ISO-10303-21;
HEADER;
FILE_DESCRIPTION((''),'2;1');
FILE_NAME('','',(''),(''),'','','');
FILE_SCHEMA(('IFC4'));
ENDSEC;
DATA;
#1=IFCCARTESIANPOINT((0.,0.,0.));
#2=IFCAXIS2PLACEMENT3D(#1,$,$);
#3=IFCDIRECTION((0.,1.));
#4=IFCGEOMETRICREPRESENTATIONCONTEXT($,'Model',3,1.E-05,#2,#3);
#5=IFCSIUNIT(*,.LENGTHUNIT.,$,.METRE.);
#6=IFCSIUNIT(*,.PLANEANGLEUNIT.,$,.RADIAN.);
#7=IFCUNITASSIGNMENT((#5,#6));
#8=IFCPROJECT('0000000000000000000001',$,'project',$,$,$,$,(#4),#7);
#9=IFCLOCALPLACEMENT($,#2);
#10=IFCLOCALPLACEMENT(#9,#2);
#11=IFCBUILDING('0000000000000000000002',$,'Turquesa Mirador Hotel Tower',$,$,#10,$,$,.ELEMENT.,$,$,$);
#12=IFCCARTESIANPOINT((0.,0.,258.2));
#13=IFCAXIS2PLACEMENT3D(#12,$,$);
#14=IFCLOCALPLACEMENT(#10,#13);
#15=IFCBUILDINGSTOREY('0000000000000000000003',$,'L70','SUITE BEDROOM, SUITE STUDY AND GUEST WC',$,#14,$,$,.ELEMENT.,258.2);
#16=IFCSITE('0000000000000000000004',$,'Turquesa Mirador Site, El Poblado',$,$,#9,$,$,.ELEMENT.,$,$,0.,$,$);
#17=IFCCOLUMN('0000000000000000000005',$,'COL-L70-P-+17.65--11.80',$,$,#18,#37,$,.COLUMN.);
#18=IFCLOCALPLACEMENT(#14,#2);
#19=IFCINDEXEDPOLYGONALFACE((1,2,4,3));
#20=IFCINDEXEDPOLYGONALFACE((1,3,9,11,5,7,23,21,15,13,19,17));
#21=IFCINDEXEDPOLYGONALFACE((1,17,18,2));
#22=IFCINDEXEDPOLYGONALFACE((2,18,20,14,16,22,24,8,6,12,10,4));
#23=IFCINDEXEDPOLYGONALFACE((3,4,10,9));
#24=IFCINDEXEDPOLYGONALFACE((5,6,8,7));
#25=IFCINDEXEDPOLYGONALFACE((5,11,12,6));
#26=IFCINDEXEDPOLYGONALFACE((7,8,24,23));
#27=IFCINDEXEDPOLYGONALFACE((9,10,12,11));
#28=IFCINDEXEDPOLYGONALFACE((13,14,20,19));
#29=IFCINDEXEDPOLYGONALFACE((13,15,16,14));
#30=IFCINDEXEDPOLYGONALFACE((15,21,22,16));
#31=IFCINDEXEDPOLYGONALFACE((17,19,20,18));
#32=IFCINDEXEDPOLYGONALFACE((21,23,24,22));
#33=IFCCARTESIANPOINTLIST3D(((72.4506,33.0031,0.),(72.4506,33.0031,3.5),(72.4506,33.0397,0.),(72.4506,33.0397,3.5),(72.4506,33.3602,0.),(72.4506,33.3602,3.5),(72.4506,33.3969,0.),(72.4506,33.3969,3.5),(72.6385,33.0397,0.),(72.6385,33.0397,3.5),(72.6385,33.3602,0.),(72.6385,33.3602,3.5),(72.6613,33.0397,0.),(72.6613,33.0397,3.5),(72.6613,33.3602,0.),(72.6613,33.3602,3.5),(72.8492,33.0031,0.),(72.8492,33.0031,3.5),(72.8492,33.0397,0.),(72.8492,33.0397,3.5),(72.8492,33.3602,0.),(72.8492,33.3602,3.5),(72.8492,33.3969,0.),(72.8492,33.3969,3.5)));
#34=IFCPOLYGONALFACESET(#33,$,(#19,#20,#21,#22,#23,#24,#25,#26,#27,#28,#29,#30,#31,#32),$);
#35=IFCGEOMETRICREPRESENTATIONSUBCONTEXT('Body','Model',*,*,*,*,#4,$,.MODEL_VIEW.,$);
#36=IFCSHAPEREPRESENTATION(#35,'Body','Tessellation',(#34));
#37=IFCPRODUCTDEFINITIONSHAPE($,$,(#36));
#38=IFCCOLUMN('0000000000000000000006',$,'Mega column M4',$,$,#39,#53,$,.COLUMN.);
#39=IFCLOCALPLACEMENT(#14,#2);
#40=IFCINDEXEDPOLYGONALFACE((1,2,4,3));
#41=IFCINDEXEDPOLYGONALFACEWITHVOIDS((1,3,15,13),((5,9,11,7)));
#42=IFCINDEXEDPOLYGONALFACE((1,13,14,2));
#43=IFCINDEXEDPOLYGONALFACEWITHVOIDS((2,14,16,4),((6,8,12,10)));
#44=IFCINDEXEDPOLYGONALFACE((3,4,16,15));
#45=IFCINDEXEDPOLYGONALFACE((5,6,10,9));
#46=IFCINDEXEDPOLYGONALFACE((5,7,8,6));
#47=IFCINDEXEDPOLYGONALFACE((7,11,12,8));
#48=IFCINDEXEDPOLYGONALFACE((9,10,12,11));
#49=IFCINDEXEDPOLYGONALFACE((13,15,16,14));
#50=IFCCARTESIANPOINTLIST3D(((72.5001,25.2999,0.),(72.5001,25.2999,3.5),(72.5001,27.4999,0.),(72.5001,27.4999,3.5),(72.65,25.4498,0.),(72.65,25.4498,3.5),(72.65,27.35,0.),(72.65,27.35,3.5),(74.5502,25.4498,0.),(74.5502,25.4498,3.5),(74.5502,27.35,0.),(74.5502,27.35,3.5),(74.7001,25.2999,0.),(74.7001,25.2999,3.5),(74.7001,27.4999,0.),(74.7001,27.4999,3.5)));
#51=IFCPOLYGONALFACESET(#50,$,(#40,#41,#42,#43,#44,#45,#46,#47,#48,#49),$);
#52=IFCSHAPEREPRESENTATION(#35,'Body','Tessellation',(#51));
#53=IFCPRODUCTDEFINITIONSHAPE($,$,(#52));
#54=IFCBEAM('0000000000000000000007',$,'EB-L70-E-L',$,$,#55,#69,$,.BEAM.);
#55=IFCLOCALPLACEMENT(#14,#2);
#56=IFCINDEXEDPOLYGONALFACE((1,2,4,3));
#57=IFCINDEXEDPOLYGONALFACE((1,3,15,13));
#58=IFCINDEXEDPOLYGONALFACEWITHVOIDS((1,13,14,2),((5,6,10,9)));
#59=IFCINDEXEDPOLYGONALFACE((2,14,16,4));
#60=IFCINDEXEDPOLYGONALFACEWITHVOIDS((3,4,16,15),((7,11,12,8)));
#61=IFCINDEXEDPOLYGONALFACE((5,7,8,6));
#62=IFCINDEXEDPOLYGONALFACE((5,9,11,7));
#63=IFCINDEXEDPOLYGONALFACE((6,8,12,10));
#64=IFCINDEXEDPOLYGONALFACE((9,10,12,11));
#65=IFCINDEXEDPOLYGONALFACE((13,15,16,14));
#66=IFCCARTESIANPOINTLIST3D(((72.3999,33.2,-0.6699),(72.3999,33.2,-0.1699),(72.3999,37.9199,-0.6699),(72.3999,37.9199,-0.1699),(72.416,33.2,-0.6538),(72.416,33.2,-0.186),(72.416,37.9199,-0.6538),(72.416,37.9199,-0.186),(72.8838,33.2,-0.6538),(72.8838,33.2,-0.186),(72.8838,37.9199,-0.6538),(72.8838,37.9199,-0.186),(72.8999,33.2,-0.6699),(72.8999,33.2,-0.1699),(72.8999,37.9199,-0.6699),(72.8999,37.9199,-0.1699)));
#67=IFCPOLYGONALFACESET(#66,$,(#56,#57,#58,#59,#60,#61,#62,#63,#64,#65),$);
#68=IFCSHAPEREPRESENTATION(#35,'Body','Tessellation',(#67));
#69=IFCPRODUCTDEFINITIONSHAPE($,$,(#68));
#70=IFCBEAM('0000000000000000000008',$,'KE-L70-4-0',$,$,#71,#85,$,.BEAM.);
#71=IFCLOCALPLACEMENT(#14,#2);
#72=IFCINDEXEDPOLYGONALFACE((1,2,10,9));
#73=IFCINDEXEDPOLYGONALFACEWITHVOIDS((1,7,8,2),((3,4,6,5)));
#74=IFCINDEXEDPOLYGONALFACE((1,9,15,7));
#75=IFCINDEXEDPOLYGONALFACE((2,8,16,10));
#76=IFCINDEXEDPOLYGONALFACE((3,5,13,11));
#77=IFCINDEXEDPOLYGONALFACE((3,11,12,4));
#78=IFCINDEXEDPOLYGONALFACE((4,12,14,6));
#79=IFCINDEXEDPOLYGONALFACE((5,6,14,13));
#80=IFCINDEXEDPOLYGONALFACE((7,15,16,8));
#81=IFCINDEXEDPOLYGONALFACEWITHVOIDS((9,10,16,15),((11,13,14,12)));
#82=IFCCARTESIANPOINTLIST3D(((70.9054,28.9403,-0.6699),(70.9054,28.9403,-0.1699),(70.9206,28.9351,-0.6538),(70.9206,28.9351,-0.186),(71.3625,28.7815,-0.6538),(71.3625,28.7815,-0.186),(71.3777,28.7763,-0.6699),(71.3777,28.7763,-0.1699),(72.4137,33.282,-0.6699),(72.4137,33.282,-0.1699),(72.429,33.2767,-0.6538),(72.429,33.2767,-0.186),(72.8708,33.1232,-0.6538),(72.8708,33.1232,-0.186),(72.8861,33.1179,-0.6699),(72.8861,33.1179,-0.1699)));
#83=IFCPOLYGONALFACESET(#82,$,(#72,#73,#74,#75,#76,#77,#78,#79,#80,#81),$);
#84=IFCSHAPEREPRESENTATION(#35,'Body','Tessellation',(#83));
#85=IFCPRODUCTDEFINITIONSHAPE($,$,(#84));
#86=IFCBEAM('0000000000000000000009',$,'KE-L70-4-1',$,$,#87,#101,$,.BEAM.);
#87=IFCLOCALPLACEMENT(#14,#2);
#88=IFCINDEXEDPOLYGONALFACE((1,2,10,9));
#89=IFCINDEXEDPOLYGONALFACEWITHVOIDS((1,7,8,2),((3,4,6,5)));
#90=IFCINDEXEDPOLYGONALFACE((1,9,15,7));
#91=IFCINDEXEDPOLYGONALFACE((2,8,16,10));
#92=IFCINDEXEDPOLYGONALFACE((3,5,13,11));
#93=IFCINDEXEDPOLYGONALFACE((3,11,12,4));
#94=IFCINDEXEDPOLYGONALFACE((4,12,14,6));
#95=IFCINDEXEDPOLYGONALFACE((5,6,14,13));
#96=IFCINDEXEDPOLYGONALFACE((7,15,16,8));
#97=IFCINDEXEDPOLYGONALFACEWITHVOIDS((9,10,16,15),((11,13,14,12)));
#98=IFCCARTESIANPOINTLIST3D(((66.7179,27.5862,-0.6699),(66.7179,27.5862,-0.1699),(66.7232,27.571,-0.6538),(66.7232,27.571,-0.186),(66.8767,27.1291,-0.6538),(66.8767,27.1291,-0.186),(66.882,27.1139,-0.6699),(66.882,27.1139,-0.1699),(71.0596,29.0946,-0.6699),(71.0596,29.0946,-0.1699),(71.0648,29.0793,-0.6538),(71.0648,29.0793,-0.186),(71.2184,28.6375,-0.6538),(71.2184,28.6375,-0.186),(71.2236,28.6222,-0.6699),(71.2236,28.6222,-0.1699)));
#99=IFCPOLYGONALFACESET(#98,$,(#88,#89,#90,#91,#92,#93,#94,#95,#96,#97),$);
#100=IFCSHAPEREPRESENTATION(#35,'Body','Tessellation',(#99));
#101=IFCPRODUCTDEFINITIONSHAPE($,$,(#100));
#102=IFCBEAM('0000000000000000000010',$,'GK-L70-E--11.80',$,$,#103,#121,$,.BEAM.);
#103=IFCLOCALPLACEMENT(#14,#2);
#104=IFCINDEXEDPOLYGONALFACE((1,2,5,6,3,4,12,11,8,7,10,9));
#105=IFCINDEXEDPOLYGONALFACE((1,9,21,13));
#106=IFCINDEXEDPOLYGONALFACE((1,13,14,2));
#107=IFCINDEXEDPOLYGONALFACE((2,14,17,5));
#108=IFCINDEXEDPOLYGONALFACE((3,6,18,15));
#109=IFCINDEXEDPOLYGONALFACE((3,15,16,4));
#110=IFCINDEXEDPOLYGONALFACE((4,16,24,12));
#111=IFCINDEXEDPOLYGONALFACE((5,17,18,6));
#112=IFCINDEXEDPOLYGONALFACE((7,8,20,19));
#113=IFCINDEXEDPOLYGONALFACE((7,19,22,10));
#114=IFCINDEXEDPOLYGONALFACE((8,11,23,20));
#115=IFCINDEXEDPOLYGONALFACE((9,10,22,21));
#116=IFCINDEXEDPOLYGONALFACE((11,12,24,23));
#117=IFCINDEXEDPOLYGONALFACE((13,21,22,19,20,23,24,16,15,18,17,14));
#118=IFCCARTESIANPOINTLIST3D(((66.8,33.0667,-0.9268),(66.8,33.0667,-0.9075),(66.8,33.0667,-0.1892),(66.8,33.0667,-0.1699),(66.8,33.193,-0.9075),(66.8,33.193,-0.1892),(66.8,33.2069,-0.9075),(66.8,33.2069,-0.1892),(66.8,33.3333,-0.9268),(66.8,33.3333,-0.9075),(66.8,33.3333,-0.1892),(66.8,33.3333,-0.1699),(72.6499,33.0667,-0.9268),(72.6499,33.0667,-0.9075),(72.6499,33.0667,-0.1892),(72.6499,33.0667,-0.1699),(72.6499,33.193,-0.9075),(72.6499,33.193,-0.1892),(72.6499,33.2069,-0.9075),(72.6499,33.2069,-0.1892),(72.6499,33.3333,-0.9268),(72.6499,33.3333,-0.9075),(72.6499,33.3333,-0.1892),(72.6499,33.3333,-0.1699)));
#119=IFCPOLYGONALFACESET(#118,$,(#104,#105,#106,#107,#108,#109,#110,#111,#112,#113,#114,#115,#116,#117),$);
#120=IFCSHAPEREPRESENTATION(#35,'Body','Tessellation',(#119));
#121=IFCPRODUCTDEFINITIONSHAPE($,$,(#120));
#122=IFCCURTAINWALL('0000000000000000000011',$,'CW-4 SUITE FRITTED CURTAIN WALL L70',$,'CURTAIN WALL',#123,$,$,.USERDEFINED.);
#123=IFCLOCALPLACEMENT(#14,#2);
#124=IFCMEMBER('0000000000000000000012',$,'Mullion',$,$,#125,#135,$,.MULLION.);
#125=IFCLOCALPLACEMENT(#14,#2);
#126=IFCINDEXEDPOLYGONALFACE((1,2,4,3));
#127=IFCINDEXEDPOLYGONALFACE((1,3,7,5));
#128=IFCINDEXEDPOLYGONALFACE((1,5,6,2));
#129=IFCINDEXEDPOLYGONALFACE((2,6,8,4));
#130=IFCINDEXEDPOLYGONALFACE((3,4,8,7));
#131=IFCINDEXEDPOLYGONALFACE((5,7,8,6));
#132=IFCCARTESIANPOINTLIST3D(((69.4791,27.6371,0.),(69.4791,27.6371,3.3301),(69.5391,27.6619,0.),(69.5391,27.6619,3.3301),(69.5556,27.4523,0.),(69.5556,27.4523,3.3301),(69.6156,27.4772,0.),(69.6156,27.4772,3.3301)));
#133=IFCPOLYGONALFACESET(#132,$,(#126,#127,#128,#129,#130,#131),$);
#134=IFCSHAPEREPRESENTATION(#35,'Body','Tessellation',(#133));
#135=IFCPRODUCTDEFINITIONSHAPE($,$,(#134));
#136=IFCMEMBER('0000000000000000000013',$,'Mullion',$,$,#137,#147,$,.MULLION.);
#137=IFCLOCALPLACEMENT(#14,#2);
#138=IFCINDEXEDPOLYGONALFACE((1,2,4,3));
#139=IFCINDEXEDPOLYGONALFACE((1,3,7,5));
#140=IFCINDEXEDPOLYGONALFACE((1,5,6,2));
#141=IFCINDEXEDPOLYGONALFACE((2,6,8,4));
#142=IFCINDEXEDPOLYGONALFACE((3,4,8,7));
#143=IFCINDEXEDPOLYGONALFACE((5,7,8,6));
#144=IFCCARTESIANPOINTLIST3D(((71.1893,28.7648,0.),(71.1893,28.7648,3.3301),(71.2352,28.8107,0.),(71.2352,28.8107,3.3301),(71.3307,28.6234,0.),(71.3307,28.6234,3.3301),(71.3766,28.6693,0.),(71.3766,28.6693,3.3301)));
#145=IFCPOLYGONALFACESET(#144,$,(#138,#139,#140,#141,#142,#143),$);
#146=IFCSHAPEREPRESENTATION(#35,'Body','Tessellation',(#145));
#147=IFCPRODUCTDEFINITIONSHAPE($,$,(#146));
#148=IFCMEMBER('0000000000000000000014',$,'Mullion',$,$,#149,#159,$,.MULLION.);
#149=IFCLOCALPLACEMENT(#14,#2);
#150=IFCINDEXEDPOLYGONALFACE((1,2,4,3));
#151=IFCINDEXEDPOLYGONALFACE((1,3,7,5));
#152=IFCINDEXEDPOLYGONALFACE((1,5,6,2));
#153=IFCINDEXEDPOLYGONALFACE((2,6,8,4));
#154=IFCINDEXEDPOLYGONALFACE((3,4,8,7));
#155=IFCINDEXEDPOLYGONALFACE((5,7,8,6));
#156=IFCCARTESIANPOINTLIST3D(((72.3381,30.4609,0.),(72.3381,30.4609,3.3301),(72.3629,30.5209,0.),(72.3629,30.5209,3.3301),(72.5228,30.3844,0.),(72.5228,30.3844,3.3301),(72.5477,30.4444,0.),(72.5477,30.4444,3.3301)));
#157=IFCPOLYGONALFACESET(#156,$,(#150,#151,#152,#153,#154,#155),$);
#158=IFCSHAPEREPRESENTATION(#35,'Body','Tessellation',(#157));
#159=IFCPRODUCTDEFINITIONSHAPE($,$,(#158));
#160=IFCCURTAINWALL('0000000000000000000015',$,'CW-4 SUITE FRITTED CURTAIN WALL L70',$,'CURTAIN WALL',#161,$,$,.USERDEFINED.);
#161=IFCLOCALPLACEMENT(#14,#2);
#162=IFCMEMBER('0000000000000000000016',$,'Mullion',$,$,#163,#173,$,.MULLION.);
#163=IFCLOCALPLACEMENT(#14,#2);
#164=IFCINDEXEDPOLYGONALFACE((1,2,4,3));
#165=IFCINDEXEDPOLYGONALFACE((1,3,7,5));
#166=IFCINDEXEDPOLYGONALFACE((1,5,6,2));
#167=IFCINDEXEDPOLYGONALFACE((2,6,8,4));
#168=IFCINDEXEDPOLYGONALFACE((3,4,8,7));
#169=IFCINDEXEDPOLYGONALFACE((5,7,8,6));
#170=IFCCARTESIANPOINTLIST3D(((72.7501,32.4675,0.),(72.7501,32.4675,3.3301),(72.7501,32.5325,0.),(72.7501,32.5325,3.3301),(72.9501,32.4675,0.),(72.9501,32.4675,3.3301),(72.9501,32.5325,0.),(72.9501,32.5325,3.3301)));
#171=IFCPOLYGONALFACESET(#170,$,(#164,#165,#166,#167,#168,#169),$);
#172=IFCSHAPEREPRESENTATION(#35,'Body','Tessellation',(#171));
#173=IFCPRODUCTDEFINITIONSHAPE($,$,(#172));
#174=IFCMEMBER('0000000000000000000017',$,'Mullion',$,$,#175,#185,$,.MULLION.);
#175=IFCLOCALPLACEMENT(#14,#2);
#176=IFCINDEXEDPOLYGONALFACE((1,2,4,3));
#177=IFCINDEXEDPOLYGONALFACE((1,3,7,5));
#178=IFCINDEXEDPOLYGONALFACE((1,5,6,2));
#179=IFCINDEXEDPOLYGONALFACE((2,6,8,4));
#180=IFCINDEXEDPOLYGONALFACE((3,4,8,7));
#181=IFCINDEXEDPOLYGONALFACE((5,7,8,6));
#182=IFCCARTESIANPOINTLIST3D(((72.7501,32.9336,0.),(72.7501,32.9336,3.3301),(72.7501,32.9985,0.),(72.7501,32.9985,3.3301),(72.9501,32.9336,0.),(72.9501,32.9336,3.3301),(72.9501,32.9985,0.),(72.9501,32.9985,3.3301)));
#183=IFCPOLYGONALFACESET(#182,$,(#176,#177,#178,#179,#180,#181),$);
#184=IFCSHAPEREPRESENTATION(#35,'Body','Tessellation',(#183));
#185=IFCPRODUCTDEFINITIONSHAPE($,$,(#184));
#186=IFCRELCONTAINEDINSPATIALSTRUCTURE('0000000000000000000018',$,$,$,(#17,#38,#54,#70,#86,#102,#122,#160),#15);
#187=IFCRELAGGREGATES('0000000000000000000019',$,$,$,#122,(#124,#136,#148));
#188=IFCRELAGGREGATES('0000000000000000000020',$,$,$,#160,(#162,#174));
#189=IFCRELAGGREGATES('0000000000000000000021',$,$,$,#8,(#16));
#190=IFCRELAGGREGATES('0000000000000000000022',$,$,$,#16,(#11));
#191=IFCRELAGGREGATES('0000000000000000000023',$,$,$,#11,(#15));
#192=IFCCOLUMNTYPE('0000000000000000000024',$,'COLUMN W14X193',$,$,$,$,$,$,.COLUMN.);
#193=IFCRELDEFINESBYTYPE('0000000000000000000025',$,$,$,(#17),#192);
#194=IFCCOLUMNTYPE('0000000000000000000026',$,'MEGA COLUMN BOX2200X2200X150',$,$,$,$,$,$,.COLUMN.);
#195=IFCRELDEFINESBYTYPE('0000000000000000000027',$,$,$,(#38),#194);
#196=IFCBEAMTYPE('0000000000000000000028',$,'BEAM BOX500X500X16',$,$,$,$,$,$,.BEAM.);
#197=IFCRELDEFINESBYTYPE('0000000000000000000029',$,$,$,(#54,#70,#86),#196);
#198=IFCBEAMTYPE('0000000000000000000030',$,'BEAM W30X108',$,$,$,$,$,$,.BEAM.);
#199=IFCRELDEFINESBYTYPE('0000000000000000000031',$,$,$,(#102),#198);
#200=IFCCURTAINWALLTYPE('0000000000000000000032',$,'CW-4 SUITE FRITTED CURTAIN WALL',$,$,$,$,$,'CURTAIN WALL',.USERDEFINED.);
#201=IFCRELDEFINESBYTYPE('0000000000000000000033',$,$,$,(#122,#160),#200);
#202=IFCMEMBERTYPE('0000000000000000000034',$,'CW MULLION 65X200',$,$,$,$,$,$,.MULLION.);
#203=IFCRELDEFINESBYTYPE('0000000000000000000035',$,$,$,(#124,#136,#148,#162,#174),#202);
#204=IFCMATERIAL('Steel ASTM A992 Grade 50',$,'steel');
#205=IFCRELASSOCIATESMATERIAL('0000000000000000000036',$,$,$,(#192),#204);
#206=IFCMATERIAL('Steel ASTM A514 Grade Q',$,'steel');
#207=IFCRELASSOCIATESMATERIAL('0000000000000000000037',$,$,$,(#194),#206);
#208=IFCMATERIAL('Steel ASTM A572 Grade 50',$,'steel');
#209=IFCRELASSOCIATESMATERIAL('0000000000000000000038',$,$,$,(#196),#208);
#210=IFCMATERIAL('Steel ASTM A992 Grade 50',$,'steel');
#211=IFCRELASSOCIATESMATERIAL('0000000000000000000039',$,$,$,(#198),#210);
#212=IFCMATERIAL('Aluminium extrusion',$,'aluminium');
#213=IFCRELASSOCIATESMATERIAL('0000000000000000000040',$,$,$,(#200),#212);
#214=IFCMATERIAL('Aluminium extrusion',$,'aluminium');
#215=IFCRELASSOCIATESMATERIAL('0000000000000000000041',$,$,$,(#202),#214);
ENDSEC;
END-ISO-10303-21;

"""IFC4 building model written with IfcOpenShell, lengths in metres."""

from ifc_helpers import new_model, si_unit, direction, frame, origin, origin_2d, place, context, subcontext, project, spatial, rectangle, hollow_rectangle, i_section, extrude, material, material_profile, profile_set, type_object, element, aggregate, save


model = new_model("IFC4")

# Units and contexts
model_context = context("Model", 3, precision=1e-05, world=origin(), true_north=direction((0.0, 1.0)))
body_context = subcontext(model_context, "Body", "Model", "MODEL_VIEW")
ifc_project = project(units=[si_unit("LENGTHUNIT", "METRE"), si_unit("PLANEANGLEUNIT", "RADIAN")], contexts=[model_context])

# Site, building, storey
site_placement = place(None, origin())
site = spatial("IfcSite", under=ifc_project, at=site_placement, Name="Turquesa Mirador Site, El Poblado", CompositionType="ELEMENT", RefElevation=0.0)
building_placement = place(site_placement, origin())
building = spatial("IfcBuilding", under=site, at=building_placement, Name="Turquesa Mirador Hotel Tower", CompositionType="ELEMENT")
storey_placement = place(building_placement, frame((0.0, 0.0, 258.2)))
storey = spatial("IfcBuildingStorey", under=building, at=storey_placement, Name="L70", Description="SUITE BEDROOM, SUITE STUDY AND GUEST WC", CompositionType="ELEMENT", Elevation=258.2)

# Columns
ifc_material_1 = material(Name="Steel ASTM A992 Grade 50", Category="steel")
ifc_material_profile_1 = material_profile(ifc_material_1, i_section(OverallWidth=0.3987, OverallDepth=0.3938, WebThickness=0.0227, FlangeThickness=0.0366, at=origin_2d()), Name="W14X193")
ifc_profile_set_1 = profile_set([ifc_material_profile_1], Name="Steel ASTM A992 Grade 50")
column_type_1 = type_object("IfcColumnType", Name="COLUMN W14X193", PredefinedType="COLUMN", material=ifc_profile_set_1)
column_1_placement = place(storey_placement, frame((72.6499, 33.2, 0.0), z_axis=(0.0, 0.0, 1.0), x_axis=(1.0, 0.0, 0.0)))
element("IfcColumn", 1, at=column_1_placement, inside=storey, type_object=column_type_1, Name="COL-L70-P-+17.65--11.80", PredefinedType="COLUMN", context=body_context, shape_type="SweptSolid", body=[
    extrude(i_section(OverallWidth=0.3987, OverallDepth=0.3938, WebThickness=0.0227, FlangeThickness=0.0366, at=origin_2d()), origin(), (0.0, 0.0, 1.0), 3.5),
])
ifc_material_2 = material(Name="Steel ASTM A514 Grade Q", Category="steel")
ifc_material_profile_2 = material_profile(ifc_material_2, hollow_rectangle(XDim=2.2, YDim=2.2, WallThickness=0.1499, at=origin_2d()), Name="BOX2200X2200X150")
ifc_profile_set_2 = profile_set([ifc_material_profile_2], Name="Steel ASTM A514 Grade Q")
column_type_2 = type_object("IfcColumnType", Name="MEGA COLUMN BOX2200X2200X150", PredefinedType="COLUMN", material=ifc_profile_set_2)
column_2_placement = place(storey_placement, frame((73.6001, 26.3999, 0.0), z_axis=(0.0, 0.0, 1.0), x_axis=(1.0, 0.0, 0.0)))
element("IfcColumn", 2, at=column_2_placement, inside=storey, type_object=column_type_2, Name="Mega column M4", PredefinedType="COLUMN", context=body_context, shape_type="SweptSolid", body=[
    extrude(hollow_rectangle(XDim=2.2, YDim=2.2, WallThickness=0.1499, at=origin_2d()), origin(), (0.0, 0.0, 1.0), 3.5),
])

# Beams
ifc_material_3 = material(Name="Steel ASTM A572 Grade 50", Category="steel")
ifc_material_profile_3 = material_profile(ifc_material_3, hollow_rectangle(XDim=0.5, YDim=0.5, WallThickness=0.0161, at=origin_2d()), Name="BOX500X500X16")
ifc_profile_set_3 = profile_set([ifc_material_profile_3], Name="Steel ASTM A572 Grade 50")
beam_type_1 = type_object("IfcBeamType", Name="BEAM BOX500X500X16", PredefinedType="BEAM", material=ifc_profile_set_3)
beam_1_placement = place(storey_placement, frame((72.6499, 33.2, -0.4199), z_axis=(0.0, 1.0, 0.0), x_axis=(-1.0, 0.0, 0.0)))
element("IfcBeam", 3, at=beam_1_placement, inside=storey, type_object=beam_type_1, Name="EB-L70-E-L", PredefinedType="BEAM", context=body_context, shape_type="SweptSolid", body=[
    extrude(hollow_rectangle(XDim=0.5, YDim=0.5, WallThickness=0.0161, at=origin_2d()), origin(), (0.0, 0.0, 1.0), 4.72),
])
for number, where, z_axis, x_axis, name in (
    (4, (72.6499, 33.2, -0.4199), (-0.32817, -0.944619, 0.0), (0.944619, -0.32817, 0.0), "KE-L70-4-0"),
    (5, (71.1416, 28.8584, -0.4199), (-0.944619, -0.32817, 0.0), (0.32817, -0.944619, 0.0), "KE-L70-4-1"),
):
    element("IfcBeam", number, at=place(storey_placement, frame(where, z_axis=z_axis, x_axis=x_axis)), inside=storey, type_object=beam_type_1, Name=name, PredefinedType="BEAM", context=body_context, shape_type="SweptSolid", body=[
        extrude(hollow_rectangle(XDim=0.5, YDim=0.5, WallThickness=0.0161, at=origin_2d()), origin(), (0.0, 0.0, 1.0), 4.5962),
    ])
ifc_material_4 = material(Name="Steel ASTM A992 Grade 50", Category="steel")
ifc_material_profile_4 = material_profile(ifc_material_4, i_section(OverallWidth=0.2666, OverallDepth=0.7568, WebThickness=0.0139, FlangeThickness=0.0193, at=origin_2d()), Name="W30X108")
ifc_profile_set_4 = profile_set([ifc_material_profile_4], Name="Steel ASTM A992 Grade 50")
beam_type_2 = type_object("IfcBeamType", Name="BEAM W30X108", PredefinedType="BEAM", material=ifc_profile_set_4)
beam_2_placement = place(storey_placement, frame((72.6499, 33.2, -0.5483), z_axis=(-1.0, 0.0, 0.0), x_axis=(0.0, -1.0, 0.0)))
element("IfcBeam", 6, at=beam_2_placement, inside=storey, type_object=beam_type_2, Name="GK-L70-E--11.80", PredefinedType="BEAM", context=body_context, shape_type="SweptSolid", body=[
    extrude(i_section(OverallWidth=0.2666, OverallDepth=0.7568, WebThickness=0.0139, FlangeThickness=0.0193, at=origin_2d()), origin(), (0.0, 0.0, 1.0), 5.8499),
])

# Curtain walls, members
ifc_material_5 = material(Name="Aluminium extrusion", Category="aluminium")
curtain_wall_type = type_object("IfcCurtainWallType", Name="CW-4 SUITE FRITTED CURTAIN WALL", ElementType="CURTAIN WALL", PredefinedType="USERDEFINED", material=ifc_material_5)
curtain_wall_1_placement = place(storey_placement, origin())
curtain_wall_1 = element("IfcCurtainWall", 7, at=curtain_wall_1_placement, inside=storey, type_object=curtain_wall_type, Name="CW-4 SUITE FRITTED CURTAIN WALL L70", ObjectType="CURTAIN WALL", PredefinedType="USERDEFINED")
ifc_material_6 = material(Name="Aluminium extrusion", Category="aluminium")
ifc_material_profile_5 = material_profile(ifc_material_6, rectangle(XDim=0.0649, YDim=0.2, at=origin_2d()), Name="MULLION 65X200")
ifc_profile_set_5 = profile_set([ifc_material_profile_5], Name="Aluminium extrusion")
member_type_1 = type_object("IfcMemberType", Name="CW MULLION 65X200", PredefinedType="MULLION", material=ifc_profile_set_5)
member_1_placement = place(storey_placement, frame((69.5474, 27.5571, 0.0), z_axis=(0.0, 0.0, 1.0), x_axis=(0.92388, 0.382683, 0.0)))
member_1 = element("IfcMember", 8, at=member_1_placement, type_object=member_type_1, Name="Mullion", PredefinedType="MULLION", context=body_context, shape_type="SweptSolid", body=[
    extrude(rectangle(XDim=0.0649, YDim=0.2, at=origin_2d()), origin(), (0.0, 0.0, 1.0), 3.3301),
])
member_2_placement = place(storey_placement, frame((71.283, 28.717, 0.0), z_axis=(0.0, 0.0, 1.0), x_axis=(0.707107, 0.707107, 0.0)))
member_2 = element("IfcMember", 9, at=member_2_placement, type_object=member_type_1, Name="Mullion", PredefinedType="MULLION", context=body_context, shape_type="SweptSolid", body=[
    extrude(rectangle(XDim=0.0649, YDim=0.2, at=origin_2d()), origin(), (0.0, 0.0, 1.0), 3.3301),
])
member_3_placement = place(storey_placement, frame((72.4429, 30.4526, 0.0), z_axis=(0.0, 0.0, 1.0), x_axis=(0.382683, 0.92388, 0.0)))
member_3 = element("IfcMember", 10, at=member_3_placement, type_object=member_type_1, Name="Mullion", PredefinedType="MULLION", context=body_context, shape_type="SweptSolid", body=[
    extrude(rectangle(XDim=0.0649, YDim=0.2, at=origin_2d()), origin(), (0.0, 0.0, 1.0), 3.3301),
])
curtain_wall_2_placement = place(storey_placement, origin())
curtain_wall_2 = element("IfcCurtainWall", 11, at=curtain_wall_2_placement, inside=storey, type_object=curtain_wall_type, Name="CW-4 SUITE FRITTED CURTAIN WALL L70", ObjectType="CURTAIN WALL", PredefinedType="USERDEFINED")
member_4_placement = place(storey_placement, frame((72.8501, 32.5, 0.0), z_axis=(0.0, 0.0, 1.0), x_axis=(0.0, 1.0, 0.0)))
member_4 = element("IfcMember", 12, at=member_4_placement, type_object=member_type_1, Name="Mullion", PredefinedType="MULLION", context=body_context, shape_type="SweptSolid", body=[
    extrude(rectangle(XDim=0.0649, YDim=0.2, at=origin_2d()), origin(), (0.0, 0.0, 1.0), 3.3301),
])
member_5_placement = place(storey_placement, frame((72.8501, 32.9661, 0.0), z_axis=(0.0, 0.0, 1.0), x_axis=(0.0, 1.0, 0.0)))
member_5 = element("IfcMember", 13, at=member_5_placement, type_object=member_type_1, Name="Mullion", PredefinedType="MULLION", context=body_context, shape_type="SweptSolid", body=[
    extrude(rectangle(XDim=0.0649, YDim=0.2, at=origin_2d()), origin(), (0.0, 0.0, 1.0), 3.3301),
])

aggregate(curtain_wall_1, [member_1, member_2, member_3])
aggregate(curtain_wall_2, [member_4, member_5])

save(model, "model.ifc")
